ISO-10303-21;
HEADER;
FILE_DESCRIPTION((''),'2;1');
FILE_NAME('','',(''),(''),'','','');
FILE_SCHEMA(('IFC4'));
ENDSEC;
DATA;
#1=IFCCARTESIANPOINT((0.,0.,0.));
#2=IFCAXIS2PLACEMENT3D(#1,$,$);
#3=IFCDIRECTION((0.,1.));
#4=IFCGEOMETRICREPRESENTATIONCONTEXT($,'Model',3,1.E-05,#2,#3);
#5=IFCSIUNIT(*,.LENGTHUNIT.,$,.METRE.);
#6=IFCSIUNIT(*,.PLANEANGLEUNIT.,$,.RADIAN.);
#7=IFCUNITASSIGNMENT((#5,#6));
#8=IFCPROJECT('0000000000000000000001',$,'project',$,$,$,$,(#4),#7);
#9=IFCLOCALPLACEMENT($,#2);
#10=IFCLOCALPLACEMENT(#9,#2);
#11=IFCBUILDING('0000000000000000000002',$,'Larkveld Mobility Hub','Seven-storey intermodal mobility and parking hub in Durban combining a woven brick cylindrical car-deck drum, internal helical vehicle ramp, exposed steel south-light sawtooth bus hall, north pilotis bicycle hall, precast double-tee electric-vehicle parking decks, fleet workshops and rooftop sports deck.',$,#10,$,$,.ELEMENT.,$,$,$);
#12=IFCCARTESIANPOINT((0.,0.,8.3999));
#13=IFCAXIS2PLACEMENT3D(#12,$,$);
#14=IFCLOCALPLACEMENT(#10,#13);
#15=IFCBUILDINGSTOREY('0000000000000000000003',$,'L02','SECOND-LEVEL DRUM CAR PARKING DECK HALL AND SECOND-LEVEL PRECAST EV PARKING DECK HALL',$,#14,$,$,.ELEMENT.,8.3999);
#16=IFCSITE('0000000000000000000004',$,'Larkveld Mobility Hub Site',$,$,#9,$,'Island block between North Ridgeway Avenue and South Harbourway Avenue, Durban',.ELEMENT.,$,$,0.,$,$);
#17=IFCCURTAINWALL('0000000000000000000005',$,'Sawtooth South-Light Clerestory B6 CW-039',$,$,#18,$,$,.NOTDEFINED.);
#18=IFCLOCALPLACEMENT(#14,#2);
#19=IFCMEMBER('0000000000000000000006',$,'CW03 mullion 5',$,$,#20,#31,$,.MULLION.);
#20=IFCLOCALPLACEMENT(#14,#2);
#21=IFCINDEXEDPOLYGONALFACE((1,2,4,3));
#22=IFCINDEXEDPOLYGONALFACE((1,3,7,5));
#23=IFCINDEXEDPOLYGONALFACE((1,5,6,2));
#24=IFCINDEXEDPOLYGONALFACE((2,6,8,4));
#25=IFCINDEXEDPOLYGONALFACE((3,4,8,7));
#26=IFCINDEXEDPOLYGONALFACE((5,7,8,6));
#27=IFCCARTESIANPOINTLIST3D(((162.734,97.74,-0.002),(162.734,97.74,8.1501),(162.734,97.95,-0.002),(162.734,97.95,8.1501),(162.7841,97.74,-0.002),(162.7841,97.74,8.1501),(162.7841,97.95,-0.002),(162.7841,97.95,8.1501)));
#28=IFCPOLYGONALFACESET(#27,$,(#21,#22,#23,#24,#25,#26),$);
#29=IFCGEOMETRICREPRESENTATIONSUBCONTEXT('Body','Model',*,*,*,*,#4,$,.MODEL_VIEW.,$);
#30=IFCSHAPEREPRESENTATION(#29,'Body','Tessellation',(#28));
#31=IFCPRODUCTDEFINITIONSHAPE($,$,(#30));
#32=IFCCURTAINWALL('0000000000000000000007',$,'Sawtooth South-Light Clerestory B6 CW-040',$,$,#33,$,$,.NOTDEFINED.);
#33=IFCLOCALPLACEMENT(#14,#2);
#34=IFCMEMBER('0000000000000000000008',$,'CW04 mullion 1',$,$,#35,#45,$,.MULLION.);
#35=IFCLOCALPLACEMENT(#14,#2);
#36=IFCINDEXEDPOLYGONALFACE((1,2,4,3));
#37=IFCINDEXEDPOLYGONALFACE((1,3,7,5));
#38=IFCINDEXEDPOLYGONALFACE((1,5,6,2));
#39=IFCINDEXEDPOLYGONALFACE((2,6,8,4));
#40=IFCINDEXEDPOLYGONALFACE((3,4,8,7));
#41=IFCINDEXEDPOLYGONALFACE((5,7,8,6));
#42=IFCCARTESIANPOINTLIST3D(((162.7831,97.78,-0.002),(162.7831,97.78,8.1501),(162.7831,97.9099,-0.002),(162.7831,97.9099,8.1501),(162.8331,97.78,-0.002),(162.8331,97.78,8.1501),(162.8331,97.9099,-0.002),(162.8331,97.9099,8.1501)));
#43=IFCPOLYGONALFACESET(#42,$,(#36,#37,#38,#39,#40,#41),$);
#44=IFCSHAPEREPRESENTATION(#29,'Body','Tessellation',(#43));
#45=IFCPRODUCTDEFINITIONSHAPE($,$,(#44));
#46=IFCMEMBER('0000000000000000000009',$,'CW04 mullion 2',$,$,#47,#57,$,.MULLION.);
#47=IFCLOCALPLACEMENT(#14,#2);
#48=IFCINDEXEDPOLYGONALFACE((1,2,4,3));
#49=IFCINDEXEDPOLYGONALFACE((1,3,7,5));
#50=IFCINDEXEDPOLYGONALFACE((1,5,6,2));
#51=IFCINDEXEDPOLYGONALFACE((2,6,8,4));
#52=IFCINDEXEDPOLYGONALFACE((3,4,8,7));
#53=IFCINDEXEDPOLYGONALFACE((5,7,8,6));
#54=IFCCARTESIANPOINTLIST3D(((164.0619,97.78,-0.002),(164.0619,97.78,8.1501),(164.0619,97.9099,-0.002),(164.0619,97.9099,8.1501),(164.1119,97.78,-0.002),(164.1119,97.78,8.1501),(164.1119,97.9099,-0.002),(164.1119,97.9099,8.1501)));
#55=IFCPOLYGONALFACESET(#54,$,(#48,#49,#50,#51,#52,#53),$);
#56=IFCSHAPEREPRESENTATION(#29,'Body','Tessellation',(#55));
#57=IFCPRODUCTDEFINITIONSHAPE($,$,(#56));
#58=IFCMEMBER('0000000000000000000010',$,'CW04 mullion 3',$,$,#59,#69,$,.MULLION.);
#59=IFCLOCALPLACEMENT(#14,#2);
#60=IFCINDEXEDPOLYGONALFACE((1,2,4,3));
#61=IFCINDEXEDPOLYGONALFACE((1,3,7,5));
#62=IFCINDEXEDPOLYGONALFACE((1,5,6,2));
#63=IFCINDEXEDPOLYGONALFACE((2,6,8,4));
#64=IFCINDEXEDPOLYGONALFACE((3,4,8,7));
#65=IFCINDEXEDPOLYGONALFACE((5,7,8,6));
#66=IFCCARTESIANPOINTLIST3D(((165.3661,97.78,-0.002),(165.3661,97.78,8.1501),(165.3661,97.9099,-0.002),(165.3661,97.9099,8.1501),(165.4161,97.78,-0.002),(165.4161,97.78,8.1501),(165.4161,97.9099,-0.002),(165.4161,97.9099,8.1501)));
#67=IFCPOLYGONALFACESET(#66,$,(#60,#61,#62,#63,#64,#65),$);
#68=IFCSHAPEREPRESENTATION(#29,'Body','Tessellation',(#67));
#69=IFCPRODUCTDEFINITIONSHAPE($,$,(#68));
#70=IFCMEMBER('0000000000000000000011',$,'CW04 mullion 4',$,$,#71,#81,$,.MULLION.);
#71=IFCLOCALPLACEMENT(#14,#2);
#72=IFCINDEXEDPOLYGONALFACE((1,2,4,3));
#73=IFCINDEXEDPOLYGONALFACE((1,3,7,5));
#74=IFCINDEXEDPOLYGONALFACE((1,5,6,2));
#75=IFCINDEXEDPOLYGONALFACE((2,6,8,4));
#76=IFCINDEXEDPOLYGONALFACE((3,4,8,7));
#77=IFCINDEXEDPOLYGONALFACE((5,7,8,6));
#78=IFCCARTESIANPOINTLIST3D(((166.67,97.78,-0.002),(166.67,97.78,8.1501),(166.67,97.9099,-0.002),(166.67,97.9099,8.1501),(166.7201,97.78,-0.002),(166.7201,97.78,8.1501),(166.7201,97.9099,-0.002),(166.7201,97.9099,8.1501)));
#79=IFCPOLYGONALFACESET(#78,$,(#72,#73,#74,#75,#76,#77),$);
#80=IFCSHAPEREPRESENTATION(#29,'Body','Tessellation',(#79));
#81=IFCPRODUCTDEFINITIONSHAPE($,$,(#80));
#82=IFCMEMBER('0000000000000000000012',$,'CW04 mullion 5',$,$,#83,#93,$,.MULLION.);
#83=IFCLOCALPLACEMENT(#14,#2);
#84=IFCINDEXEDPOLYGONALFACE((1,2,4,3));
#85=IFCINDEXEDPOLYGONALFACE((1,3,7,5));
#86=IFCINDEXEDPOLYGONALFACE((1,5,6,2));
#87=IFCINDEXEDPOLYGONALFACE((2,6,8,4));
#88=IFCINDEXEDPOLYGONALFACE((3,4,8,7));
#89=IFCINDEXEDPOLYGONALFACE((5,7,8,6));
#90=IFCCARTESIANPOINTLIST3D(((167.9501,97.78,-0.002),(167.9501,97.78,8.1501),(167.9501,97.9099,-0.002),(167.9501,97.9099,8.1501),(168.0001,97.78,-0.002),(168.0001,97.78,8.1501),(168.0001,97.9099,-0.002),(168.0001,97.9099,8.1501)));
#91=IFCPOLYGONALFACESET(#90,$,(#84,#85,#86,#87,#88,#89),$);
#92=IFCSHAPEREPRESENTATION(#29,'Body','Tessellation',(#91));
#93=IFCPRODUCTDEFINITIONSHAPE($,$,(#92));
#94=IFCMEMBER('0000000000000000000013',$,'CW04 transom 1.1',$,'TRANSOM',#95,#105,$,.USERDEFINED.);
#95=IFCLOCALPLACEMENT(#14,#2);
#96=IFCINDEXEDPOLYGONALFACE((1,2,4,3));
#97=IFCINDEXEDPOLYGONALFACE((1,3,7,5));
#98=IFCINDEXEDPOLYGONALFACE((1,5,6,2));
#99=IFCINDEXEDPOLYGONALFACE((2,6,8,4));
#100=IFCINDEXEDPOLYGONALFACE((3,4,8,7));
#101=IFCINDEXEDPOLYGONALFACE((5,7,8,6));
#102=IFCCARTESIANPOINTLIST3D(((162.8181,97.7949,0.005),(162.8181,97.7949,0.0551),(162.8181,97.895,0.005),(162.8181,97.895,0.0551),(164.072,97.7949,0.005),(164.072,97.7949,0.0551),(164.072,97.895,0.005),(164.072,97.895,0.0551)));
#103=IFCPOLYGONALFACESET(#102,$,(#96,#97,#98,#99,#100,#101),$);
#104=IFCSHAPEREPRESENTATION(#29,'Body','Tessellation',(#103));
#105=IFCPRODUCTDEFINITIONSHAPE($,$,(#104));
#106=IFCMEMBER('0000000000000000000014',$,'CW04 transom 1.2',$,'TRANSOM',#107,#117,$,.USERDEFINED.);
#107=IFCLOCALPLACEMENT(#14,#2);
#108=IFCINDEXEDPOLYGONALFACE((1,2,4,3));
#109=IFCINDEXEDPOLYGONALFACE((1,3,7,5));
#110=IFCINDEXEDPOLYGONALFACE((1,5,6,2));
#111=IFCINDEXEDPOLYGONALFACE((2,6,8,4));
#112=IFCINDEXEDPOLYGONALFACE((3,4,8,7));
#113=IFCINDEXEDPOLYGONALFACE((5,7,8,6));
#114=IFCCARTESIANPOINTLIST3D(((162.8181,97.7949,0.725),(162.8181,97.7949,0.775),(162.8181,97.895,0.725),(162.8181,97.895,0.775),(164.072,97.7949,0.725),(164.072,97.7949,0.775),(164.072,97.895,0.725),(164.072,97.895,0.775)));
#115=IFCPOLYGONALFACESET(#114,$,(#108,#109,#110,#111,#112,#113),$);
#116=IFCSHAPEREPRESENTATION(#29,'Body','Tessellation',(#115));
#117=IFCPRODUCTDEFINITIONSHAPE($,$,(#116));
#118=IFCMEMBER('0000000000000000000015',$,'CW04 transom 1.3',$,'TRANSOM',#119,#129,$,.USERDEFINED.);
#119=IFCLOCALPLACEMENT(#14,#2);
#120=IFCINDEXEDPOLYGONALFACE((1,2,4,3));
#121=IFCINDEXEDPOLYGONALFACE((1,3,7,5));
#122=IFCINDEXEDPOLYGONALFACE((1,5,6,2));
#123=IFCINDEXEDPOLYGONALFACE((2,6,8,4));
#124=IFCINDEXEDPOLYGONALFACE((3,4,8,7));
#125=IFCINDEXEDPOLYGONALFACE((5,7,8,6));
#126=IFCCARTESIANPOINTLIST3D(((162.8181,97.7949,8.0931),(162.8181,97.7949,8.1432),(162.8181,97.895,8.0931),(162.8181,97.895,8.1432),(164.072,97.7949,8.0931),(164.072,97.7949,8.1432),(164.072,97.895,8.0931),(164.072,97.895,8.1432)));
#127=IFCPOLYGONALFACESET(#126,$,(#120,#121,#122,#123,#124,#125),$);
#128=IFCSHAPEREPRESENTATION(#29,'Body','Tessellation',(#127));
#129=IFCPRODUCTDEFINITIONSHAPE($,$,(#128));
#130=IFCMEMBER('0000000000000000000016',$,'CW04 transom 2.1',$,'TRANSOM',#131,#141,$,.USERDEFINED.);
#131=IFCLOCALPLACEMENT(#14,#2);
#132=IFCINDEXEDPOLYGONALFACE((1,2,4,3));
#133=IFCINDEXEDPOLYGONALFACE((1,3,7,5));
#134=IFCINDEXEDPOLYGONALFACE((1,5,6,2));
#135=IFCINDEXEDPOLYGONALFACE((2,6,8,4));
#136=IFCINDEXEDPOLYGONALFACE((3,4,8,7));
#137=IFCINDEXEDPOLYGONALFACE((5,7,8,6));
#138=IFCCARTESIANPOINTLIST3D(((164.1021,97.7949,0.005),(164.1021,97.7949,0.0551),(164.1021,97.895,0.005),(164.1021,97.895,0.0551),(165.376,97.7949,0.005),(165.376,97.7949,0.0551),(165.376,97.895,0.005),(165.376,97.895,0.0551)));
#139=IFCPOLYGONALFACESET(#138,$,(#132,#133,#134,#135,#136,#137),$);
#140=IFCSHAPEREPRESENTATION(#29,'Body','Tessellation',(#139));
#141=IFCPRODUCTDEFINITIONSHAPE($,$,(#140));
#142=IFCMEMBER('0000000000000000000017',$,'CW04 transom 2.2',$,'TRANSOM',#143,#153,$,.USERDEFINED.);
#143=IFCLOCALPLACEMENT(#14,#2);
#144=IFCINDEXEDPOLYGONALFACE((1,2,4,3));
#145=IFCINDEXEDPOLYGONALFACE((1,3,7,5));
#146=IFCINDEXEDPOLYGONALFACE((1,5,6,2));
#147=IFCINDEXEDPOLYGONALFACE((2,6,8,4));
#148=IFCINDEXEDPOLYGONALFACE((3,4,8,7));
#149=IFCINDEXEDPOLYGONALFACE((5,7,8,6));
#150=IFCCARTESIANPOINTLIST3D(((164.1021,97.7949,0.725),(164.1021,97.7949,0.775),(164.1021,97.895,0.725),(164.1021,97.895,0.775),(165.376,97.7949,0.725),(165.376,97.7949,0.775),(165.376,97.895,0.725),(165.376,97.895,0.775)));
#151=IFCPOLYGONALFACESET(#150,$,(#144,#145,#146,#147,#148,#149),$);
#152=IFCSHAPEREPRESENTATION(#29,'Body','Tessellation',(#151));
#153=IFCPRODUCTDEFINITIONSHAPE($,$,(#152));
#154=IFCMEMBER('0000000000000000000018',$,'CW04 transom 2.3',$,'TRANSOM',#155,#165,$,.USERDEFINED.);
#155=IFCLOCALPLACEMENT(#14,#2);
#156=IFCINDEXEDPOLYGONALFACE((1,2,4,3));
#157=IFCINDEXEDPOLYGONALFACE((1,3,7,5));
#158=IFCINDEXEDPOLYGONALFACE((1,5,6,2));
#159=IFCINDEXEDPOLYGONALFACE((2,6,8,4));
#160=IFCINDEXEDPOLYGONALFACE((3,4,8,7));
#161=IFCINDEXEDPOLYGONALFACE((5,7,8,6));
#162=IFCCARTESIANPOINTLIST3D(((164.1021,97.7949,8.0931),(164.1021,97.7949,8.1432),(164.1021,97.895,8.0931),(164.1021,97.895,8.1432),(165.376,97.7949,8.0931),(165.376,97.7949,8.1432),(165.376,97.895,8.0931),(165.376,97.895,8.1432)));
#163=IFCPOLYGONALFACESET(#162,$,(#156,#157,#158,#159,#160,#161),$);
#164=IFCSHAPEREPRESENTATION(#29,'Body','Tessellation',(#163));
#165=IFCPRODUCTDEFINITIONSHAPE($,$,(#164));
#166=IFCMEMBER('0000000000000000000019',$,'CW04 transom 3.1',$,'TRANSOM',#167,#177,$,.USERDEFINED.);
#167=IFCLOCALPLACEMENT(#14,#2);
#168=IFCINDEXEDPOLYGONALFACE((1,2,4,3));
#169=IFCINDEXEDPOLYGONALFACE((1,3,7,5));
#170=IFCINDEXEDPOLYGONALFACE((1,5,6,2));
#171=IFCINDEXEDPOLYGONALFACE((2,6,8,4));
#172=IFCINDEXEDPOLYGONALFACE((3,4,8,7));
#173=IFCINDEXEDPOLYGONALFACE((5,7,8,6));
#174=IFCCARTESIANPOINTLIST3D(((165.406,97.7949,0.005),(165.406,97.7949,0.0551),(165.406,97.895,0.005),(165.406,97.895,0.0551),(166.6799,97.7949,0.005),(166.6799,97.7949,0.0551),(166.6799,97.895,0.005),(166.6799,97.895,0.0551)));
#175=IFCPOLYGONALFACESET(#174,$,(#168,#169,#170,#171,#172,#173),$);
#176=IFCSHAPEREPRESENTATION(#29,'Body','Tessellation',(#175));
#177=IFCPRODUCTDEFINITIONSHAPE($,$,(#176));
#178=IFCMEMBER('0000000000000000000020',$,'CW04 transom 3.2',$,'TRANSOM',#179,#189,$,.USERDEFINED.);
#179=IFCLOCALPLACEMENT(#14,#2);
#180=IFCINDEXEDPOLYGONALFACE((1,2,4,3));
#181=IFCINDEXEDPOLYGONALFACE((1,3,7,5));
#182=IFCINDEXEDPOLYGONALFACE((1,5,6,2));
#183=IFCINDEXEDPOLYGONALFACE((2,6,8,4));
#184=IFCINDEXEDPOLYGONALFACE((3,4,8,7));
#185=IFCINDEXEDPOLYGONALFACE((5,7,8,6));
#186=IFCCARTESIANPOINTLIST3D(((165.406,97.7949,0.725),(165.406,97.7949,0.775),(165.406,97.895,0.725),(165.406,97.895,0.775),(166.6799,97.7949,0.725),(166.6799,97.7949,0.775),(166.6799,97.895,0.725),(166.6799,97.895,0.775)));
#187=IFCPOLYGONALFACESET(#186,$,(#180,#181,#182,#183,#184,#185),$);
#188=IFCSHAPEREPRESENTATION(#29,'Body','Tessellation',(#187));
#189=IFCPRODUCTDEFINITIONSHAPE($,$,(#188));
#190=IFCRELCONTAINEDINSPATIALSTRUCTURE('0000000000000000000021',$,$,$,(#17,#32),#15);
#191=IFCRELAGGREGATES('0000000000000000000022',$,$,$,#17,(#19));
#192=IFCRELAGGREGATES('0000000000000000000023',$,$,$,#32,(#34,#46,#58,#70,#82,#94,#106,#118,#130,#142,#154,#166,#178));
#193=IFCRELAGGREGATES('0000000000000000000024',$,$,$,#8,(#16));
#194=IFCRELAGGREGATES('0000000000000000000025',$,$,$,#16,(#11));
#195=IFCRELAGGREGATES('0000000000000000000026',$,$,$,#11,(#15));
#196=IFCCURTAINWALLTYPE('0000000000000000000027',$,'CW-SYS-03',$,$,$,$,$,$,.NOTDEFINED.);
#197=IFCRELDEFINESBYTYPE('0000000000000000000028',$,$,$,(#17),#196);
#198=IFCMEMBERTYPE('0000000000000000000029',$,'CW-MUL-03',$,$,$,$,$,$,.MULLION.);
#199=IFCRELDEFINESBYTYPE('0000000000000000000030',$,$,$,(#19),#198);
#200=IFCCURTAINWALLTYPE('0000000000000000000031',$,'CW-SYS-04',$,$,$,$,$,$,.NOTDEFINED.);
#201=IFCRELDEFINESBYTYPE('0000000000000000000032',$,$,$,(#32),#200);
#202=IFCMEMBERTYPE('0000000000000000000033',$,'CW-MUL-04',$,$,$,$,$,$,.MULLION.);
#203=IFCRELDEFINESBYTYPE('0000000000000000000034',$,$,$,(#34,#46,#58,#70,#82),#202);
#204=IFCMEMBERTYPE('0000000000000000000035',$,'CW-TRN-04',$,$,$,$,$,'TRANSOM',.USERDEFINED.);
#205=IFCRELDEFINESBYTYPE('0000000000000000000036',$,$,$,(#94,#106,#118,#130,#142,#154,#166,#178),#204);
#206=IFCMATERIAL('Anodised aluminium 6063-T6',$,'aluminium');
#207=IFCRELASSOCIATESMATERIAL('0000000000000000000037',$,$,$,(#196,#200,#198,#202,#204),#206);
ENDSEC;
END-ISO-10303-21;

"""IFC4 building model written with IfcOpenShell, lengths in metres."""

from ifc_helpers import new_model, si_unit, direction, frame, origin, origin_2d, place, context, subcontext, project, spatial, rectangle, extrude, material, material_profile, profile_set, type_object, element, aggregate, save


model = new_model("IFC4")

# Units and contexts
model_context = context("Model", 3, precision=1e-05, world=origin(), true_north=direction((0.0, 1.0)))
body_context = subcontext(model_context, "Body", "Model", "MODEL_VIEW")
ifc_project = project(units=[si_unit("LENGTHUNIT", "METRE"), si_unit("PLANEANGLEUNIT", "RADIAN")], contexts=[model_context])

# Site, building, storey
site_placement = place(None, origin())
site = spatial("IfcSite", under=ifc_project, at=site_placement, Name="Larkveld Mobility Hub Site", LongName="Island block between North Ridgeway Avenue and South Harbourway Avenue, Durban", CompositionType="ELEMENT", RefElevation=0.0)
building_placement = place(site_placement, origin())
building = spatial("IfcBuilding", under=site, at=building_placement, Name="Larkveld Mobility Hub", Description="Seven-storey intermodal mobility and parking hub in Durban combining a woven brick cylindrical car-deck drum, internal helical vehicle ramp, exposed steel south-light sawtooth bus hall, north pilotis bicycle hall, precast double-tee electric-vehicle parking decks, fleet workshops and rooftop sports deck.", CompositionType="ELEMENT")
storey_placement = place(building_placement, frame((0.0, 0.0, 8.3999)))
storey = spatial("IfcBuildingStorey", under=building, at=storey_placement, Name="L02", Description="SECOND-LEVEL DRUM CAR PARKING DECK HALL AND SECOND-LEVEL PRECAST EV PARKING DECK HALL", CompositionType="ELEMENT", Elevation=8.3999)

# Curtain wall, member
ifc_material_1 = material(Name="Anodised aluminium 6063-T6", Category="aluminium")
curtain_wall_type_1 = type_object("IfcCurtainWallType", Name="CW-SYS-03", PredefinedType="NOTDEFINED", material=ifc_material_1)
curtain_wall_1_placement = place(storey_placement, origin())
curtain_wall_1 = element("IfcCurtainWall", 1, at=curtain_wall_1_placement, inside=storey, type_object=curtain_wall_type_1, Name="Sawtooth South-Light Clerestory B6 CW-039", PredefinedType="NOTDEFINED")
ifc_material_profile_1 = material_profile(ifc_material_1, rectangle(XDim=0.05, YDim=0.21, at=origin_2d()), Name="ALU MULL 50x210")
ifc_profile_set_1 = profile_set([ifc_material_profile_1], Name="Anodised aluminium 6063-T6")
member_type_1 = type_object("IfcMemberType", Name="CW-MUL-03", PredefinedType="MULLION", material=ifc_profile_set_1)
member_1_placement = place(storey_placement, frame((162.759, 97.845, -0.002), z_axis=(0.0, 0.0, 1.0), x_axis=(1.0, 0.0, 0.0)))
member_1 = element("IfcMember", 2, at=member_1_placement, type_object=member_type_1, Name="CW03 mullion 5", PredefinedType="MULLION", context=body_context, shape_type="SweptSolid", body=[
    extrude(rectangle(XDim=0.05, YDim=0.21, at=origin_2d()), origin(), (0.0, 0.0, 1.0), 8.1521),
])
aggregate(curtain_wall_1, [member_1])

# Curtain wall, members
curtain_wall_type_2 = type_object("IfcCurtainWallType", Name="CW-SYS-04", PredefinedType="NOTDEFINED", material=ifc_material_1)
curtain_wall_2_placement = place(storey_placement, origin())
curtain_wall_2 = element("IfcCurtainWall", 3, at=curtain_wall_2_placement, inside=storey, type_object=curtain_wall_type_2, Name="Sawtooth South-Light Clerestory B6 CW-040", PredefinedType="NOTDEFINED")
ifc_material_profile_2 = material_profile(ifc_material_1, rectangle(XDim=0.05, YDim=0.1299, at=origin_2d()), Name="ALU MULL 50x130")
ifc_profile_set_2 = profile_set([ifc_material_profile_2], Name="Anodised aluminium 6063-T6")
member_type_2 = type_object("IfcMemberType", Name="CW-MUL-04", PredefinedType="MULLION", material=ifc_profile_set_2)
member_2_placement = place(storey_placement, frame((162.8081, 97.845, -0.002), z_axis=(0.0, 0.0, 1.0), x_axis=(1.0, 0.0, 0.0)))
member_2 = element("IfcMember", 4, at=member_2_placement, type_object=member_type_2, Name="CW04 mullion 1", PredefinedType="MULLION", context=body_context, shape_type="SweptSolid", body=[
    extrude(rectangle(XDim=0.05, YDim=0.1299, at=origin_2d()), origin(), (0.0, 0.0, 1.0), 8.1521),
])
member_3_placement = place(storey_placement, frame((164.0869, 97.845, -0.002), z_axis=(0.0, 0.0, 1.0), x_axis=(1.0, 0.0, 0.0)))
member_3 = element("IfcMember", 5, at=member_3_placement, type_object=member_type_2, Name="CW04 mullion 2", PredefinedType="MULLION", context=body_context, shape_type="SweptSolid", body=[
    extrude(rectangle(XDim=0.05, YDim=0.1299, at=origin_2d()), origin(), (0.0, 0.0, 1.0), 8.1521),
])
member_4_placement = place(storey_placement, frame((165.3911, 97.845, -0.002), z_axis=(0.0, 0.0, 1.0), x_axis=(1.0, 0.0, 0.0)))
member_4 = element("IfcMember", 6, at=member_4_placement, type_object=member_type_2, Name="CW04 mullion 3", PredefinedType="MULLION", context=body_context, shape_type="SweptSolid", body=[
    extrude(rectangle(XDim=0.05, YDim=0.1299, at=origin_2d()), origin(), (0.0, 0.0, 1.0), 8.1521),
])
member_5_placement = place(storey_placement, frame((166.6951, 97.845, -0.002), z_axis=(0.0, 0.0, 1.0), x_axis=(1.0, 0.0, 0.0)))
member_5 = element("IfcMember", 7, at=member_5_placement, type_object=member_type_2, Name="CW04 mullion 4", PredefinedType="MULLION", context=body_context, shape_type="SweptSolid", body=[
    extrude(rectangle(XDim=0.05, YDim=0.1299, at=origin_2d()), origin(), (0.0, 0.0, 1.0), 8.1521),
])
member_6_placement = place(storey_placement, frame((167.9751, 97.845, -0.002), z_axis=(0.0, 0.0, 1.0), x_axis=(1.0, 0.0, 0.0)))
member_6 = element("IfcMember", 8, at=member_6_placement, type_object=member_type_2, Name="CW04 mullion 5", PredefinedType="MULLION", context=body_context, shape_type="SweptSolid", body=[
    extrude(rectangle(XDim=0.05, YDim=0.1299, at=origin_2d()), origin(), (0.0, 0.0, 1.0), 8.1521),
])
ifc_material_profile_3 = material_profile(ifc_material_1, rectangle(XDim=0.1001, YDim=0.05, at=origin_2d()), Name="ALU TRAN 50x100")
ifc_profile_set_3 = profile_set([ifc_material_profile_3], Name="Anodised aluminium 6063-T6")
member_type_3 = type_object("IfcMemberType", Name="CW-TRN-04", ElementType="TRANSOM", PredefinedType="USERDEFINED", material=ifc_profile_set_3)
member_7_placement = place(storey_placement, frame((162.8181, 97.845, 0.03), z_axis=(1.0, 0.0, 0.0), x_axis=(0.0, 1.0, 0.0)))
member_7 = element("IfcMember", 9, at=member_7_placement, type_object=member_type_3, Name="CW04 transom 1.1", ObjectType="TRANSOM", PredefinedType="USERDEFINED", context=body_context, shape_type="SweptSolid", body=[
    extrude(rectangle(XDim=0.1001, YDim=0.05, at=origin_2d()), origin(), (0.0, 0.0, 1.0), 1.2539),
])
member_8_placement = place(storey_placement, frame((162.8181, 97.845, 0.75), z_axis=(1.0, 0.0, 0.0), x_axis=(0.0, 1.0, 0.0)))
member_8 = element("IfcMember", 10, at=member_8_placement, type_object=member_type_3, Name="CW04 transom 1.2", ObjectType="TRANSOM", PredefinedType="USERDEFINED", context=body_context, shape_type="SweptSolid", body=[
    extrude(rectangle(XDim=0.1001, YDim=0.05, at=origin_2d()), origin(), (0.0, 0.0, 1.0), 1.2539),
])
member_9_placement = place(storey_placement, frame((162.8181, 97.845, 8.1182), z_axis=(1.0, 0.0, 0.0), x_axis=(0.0, 1.0, 0.0)))
member_9 = element("IfcMember", 11, at=member_9_placement, type_object=member_type_3, Name="CW04 transom 1.3", ObjectType="TRANSOM", PredefinedType="USERDEFINED", context=body_context, shape_type="SweptSolid", body=[
    extrude(rectangle(XDim=0.1001, YDim=0.05, at=origin_2d()), origin(), (0.0, 0.0, 1.0), 1.2539),
])
member_10_placement = place(storey_placement, frame((164.1021, 97.845, 0.03), z_axis=(1.0, 0.0, 0.0), x_axis=(0.0, 1.0, 0.0)))
member_10 = element("IfcMember", 12, at=member_10_placement, type_object=member_type_3, Name="CW04 transom 2.1", ObjectType="TRANSOM", PredefinedType="USERDEFINED", context=body_context, shape_type="SweptSolid", body=[
    extrude(rectangle(XDim=0.1001, YDim=0.05, at=origin_2d()), origin(), (0.0, 0.0, 1.0), 1.2739),
])
member_11_placement = place(storey_placement, frame((164.1021, 97.845, 0.75), z_axis=(1.0, 0.0, 0.0), x_axis=(0.0, 1.0, 0.0)))
member_11 = element("IfcMember", 13, at=member_11_placement, type_object=member_type_3, Name="CW04 transom 2.2", ObjectType="TRANSOM", PredefinedType="USERDEFINED", context=body_context, shape_type="SweptSolid", body=[
    extrude(rectangle(XDim=0.1001, YDim=0.05, at=origin_2d()), origin(), (0.0, 0.0, 1.0), 1.2739),
])
member_12_placement = place(storey_placement, frame((164.1021, 97.845, 8.1182), z_axis=(1.0, 0.0, 0.0), x_axis=(0.0, 1.0, 0.0)))
member_12 = element("IfcMember", 14, at=member_12_placement, type_object=member_type_3, Name="CW04 transom 2.3", ObjectType="TRANSOM", PredefinedType="USERDEFINED", context=body_context, shape_type="SweptSolid", body=[
    extrude(rectangle(XDim=0.1001, YDim=0.05, at=origin_2d()), origin(), (0.0, 0.0, 1.0), 1.2739),
])
member_13_placement = place(storey_placement, frame((165.406, 97.845, 0.03), z_axis=(1.0, 0.0, 0.0), x_axis=(0.0, 1.0, 0.0)))
member_13 = element("IfcMember", 15, at=member_13_placement, type_object=member_type_3, Name="CW04 transom 3.1", ObjectType="TRANSOM", PredefinedType="USERDEFINED", context=body_context, shape_type="SweptSolid", body=[
    extrude(rectangle(XDim=0.1001, YDim=0.05, at=origin_2d()), origin(), (0.0, 0.0, 1.0), 1.2739),
])
member_14_placement = place(storey_placement, frame((165.406, 97.845, 0.75), z_axis=(1.0, 0.0, 0.0), x_axis=(0.0, 1.0, 0.0)))
member_14 = element("IfcMember", 16, at=member_14_placement, type_object=member_type_3, Name="CW04 transom 3.2", ObjectType="TRANSOM", PredefinedType="USERDEFINED", context=body_context, shape_type="SweptSolid", body=[
    extrude(rectangle(XDim=0.1001, YDim=0.05, at=origin_2d()), origin(), (0.0, 0.0, 1.0), 1.2739),
])
aggregate(curtain_wall_2, [member_2, member_3, member_4, member_5, member_6, member_7, member_8, member_9, member_10, member_11, member_12, member_13, member_14])

save(model, "model.ifc")
